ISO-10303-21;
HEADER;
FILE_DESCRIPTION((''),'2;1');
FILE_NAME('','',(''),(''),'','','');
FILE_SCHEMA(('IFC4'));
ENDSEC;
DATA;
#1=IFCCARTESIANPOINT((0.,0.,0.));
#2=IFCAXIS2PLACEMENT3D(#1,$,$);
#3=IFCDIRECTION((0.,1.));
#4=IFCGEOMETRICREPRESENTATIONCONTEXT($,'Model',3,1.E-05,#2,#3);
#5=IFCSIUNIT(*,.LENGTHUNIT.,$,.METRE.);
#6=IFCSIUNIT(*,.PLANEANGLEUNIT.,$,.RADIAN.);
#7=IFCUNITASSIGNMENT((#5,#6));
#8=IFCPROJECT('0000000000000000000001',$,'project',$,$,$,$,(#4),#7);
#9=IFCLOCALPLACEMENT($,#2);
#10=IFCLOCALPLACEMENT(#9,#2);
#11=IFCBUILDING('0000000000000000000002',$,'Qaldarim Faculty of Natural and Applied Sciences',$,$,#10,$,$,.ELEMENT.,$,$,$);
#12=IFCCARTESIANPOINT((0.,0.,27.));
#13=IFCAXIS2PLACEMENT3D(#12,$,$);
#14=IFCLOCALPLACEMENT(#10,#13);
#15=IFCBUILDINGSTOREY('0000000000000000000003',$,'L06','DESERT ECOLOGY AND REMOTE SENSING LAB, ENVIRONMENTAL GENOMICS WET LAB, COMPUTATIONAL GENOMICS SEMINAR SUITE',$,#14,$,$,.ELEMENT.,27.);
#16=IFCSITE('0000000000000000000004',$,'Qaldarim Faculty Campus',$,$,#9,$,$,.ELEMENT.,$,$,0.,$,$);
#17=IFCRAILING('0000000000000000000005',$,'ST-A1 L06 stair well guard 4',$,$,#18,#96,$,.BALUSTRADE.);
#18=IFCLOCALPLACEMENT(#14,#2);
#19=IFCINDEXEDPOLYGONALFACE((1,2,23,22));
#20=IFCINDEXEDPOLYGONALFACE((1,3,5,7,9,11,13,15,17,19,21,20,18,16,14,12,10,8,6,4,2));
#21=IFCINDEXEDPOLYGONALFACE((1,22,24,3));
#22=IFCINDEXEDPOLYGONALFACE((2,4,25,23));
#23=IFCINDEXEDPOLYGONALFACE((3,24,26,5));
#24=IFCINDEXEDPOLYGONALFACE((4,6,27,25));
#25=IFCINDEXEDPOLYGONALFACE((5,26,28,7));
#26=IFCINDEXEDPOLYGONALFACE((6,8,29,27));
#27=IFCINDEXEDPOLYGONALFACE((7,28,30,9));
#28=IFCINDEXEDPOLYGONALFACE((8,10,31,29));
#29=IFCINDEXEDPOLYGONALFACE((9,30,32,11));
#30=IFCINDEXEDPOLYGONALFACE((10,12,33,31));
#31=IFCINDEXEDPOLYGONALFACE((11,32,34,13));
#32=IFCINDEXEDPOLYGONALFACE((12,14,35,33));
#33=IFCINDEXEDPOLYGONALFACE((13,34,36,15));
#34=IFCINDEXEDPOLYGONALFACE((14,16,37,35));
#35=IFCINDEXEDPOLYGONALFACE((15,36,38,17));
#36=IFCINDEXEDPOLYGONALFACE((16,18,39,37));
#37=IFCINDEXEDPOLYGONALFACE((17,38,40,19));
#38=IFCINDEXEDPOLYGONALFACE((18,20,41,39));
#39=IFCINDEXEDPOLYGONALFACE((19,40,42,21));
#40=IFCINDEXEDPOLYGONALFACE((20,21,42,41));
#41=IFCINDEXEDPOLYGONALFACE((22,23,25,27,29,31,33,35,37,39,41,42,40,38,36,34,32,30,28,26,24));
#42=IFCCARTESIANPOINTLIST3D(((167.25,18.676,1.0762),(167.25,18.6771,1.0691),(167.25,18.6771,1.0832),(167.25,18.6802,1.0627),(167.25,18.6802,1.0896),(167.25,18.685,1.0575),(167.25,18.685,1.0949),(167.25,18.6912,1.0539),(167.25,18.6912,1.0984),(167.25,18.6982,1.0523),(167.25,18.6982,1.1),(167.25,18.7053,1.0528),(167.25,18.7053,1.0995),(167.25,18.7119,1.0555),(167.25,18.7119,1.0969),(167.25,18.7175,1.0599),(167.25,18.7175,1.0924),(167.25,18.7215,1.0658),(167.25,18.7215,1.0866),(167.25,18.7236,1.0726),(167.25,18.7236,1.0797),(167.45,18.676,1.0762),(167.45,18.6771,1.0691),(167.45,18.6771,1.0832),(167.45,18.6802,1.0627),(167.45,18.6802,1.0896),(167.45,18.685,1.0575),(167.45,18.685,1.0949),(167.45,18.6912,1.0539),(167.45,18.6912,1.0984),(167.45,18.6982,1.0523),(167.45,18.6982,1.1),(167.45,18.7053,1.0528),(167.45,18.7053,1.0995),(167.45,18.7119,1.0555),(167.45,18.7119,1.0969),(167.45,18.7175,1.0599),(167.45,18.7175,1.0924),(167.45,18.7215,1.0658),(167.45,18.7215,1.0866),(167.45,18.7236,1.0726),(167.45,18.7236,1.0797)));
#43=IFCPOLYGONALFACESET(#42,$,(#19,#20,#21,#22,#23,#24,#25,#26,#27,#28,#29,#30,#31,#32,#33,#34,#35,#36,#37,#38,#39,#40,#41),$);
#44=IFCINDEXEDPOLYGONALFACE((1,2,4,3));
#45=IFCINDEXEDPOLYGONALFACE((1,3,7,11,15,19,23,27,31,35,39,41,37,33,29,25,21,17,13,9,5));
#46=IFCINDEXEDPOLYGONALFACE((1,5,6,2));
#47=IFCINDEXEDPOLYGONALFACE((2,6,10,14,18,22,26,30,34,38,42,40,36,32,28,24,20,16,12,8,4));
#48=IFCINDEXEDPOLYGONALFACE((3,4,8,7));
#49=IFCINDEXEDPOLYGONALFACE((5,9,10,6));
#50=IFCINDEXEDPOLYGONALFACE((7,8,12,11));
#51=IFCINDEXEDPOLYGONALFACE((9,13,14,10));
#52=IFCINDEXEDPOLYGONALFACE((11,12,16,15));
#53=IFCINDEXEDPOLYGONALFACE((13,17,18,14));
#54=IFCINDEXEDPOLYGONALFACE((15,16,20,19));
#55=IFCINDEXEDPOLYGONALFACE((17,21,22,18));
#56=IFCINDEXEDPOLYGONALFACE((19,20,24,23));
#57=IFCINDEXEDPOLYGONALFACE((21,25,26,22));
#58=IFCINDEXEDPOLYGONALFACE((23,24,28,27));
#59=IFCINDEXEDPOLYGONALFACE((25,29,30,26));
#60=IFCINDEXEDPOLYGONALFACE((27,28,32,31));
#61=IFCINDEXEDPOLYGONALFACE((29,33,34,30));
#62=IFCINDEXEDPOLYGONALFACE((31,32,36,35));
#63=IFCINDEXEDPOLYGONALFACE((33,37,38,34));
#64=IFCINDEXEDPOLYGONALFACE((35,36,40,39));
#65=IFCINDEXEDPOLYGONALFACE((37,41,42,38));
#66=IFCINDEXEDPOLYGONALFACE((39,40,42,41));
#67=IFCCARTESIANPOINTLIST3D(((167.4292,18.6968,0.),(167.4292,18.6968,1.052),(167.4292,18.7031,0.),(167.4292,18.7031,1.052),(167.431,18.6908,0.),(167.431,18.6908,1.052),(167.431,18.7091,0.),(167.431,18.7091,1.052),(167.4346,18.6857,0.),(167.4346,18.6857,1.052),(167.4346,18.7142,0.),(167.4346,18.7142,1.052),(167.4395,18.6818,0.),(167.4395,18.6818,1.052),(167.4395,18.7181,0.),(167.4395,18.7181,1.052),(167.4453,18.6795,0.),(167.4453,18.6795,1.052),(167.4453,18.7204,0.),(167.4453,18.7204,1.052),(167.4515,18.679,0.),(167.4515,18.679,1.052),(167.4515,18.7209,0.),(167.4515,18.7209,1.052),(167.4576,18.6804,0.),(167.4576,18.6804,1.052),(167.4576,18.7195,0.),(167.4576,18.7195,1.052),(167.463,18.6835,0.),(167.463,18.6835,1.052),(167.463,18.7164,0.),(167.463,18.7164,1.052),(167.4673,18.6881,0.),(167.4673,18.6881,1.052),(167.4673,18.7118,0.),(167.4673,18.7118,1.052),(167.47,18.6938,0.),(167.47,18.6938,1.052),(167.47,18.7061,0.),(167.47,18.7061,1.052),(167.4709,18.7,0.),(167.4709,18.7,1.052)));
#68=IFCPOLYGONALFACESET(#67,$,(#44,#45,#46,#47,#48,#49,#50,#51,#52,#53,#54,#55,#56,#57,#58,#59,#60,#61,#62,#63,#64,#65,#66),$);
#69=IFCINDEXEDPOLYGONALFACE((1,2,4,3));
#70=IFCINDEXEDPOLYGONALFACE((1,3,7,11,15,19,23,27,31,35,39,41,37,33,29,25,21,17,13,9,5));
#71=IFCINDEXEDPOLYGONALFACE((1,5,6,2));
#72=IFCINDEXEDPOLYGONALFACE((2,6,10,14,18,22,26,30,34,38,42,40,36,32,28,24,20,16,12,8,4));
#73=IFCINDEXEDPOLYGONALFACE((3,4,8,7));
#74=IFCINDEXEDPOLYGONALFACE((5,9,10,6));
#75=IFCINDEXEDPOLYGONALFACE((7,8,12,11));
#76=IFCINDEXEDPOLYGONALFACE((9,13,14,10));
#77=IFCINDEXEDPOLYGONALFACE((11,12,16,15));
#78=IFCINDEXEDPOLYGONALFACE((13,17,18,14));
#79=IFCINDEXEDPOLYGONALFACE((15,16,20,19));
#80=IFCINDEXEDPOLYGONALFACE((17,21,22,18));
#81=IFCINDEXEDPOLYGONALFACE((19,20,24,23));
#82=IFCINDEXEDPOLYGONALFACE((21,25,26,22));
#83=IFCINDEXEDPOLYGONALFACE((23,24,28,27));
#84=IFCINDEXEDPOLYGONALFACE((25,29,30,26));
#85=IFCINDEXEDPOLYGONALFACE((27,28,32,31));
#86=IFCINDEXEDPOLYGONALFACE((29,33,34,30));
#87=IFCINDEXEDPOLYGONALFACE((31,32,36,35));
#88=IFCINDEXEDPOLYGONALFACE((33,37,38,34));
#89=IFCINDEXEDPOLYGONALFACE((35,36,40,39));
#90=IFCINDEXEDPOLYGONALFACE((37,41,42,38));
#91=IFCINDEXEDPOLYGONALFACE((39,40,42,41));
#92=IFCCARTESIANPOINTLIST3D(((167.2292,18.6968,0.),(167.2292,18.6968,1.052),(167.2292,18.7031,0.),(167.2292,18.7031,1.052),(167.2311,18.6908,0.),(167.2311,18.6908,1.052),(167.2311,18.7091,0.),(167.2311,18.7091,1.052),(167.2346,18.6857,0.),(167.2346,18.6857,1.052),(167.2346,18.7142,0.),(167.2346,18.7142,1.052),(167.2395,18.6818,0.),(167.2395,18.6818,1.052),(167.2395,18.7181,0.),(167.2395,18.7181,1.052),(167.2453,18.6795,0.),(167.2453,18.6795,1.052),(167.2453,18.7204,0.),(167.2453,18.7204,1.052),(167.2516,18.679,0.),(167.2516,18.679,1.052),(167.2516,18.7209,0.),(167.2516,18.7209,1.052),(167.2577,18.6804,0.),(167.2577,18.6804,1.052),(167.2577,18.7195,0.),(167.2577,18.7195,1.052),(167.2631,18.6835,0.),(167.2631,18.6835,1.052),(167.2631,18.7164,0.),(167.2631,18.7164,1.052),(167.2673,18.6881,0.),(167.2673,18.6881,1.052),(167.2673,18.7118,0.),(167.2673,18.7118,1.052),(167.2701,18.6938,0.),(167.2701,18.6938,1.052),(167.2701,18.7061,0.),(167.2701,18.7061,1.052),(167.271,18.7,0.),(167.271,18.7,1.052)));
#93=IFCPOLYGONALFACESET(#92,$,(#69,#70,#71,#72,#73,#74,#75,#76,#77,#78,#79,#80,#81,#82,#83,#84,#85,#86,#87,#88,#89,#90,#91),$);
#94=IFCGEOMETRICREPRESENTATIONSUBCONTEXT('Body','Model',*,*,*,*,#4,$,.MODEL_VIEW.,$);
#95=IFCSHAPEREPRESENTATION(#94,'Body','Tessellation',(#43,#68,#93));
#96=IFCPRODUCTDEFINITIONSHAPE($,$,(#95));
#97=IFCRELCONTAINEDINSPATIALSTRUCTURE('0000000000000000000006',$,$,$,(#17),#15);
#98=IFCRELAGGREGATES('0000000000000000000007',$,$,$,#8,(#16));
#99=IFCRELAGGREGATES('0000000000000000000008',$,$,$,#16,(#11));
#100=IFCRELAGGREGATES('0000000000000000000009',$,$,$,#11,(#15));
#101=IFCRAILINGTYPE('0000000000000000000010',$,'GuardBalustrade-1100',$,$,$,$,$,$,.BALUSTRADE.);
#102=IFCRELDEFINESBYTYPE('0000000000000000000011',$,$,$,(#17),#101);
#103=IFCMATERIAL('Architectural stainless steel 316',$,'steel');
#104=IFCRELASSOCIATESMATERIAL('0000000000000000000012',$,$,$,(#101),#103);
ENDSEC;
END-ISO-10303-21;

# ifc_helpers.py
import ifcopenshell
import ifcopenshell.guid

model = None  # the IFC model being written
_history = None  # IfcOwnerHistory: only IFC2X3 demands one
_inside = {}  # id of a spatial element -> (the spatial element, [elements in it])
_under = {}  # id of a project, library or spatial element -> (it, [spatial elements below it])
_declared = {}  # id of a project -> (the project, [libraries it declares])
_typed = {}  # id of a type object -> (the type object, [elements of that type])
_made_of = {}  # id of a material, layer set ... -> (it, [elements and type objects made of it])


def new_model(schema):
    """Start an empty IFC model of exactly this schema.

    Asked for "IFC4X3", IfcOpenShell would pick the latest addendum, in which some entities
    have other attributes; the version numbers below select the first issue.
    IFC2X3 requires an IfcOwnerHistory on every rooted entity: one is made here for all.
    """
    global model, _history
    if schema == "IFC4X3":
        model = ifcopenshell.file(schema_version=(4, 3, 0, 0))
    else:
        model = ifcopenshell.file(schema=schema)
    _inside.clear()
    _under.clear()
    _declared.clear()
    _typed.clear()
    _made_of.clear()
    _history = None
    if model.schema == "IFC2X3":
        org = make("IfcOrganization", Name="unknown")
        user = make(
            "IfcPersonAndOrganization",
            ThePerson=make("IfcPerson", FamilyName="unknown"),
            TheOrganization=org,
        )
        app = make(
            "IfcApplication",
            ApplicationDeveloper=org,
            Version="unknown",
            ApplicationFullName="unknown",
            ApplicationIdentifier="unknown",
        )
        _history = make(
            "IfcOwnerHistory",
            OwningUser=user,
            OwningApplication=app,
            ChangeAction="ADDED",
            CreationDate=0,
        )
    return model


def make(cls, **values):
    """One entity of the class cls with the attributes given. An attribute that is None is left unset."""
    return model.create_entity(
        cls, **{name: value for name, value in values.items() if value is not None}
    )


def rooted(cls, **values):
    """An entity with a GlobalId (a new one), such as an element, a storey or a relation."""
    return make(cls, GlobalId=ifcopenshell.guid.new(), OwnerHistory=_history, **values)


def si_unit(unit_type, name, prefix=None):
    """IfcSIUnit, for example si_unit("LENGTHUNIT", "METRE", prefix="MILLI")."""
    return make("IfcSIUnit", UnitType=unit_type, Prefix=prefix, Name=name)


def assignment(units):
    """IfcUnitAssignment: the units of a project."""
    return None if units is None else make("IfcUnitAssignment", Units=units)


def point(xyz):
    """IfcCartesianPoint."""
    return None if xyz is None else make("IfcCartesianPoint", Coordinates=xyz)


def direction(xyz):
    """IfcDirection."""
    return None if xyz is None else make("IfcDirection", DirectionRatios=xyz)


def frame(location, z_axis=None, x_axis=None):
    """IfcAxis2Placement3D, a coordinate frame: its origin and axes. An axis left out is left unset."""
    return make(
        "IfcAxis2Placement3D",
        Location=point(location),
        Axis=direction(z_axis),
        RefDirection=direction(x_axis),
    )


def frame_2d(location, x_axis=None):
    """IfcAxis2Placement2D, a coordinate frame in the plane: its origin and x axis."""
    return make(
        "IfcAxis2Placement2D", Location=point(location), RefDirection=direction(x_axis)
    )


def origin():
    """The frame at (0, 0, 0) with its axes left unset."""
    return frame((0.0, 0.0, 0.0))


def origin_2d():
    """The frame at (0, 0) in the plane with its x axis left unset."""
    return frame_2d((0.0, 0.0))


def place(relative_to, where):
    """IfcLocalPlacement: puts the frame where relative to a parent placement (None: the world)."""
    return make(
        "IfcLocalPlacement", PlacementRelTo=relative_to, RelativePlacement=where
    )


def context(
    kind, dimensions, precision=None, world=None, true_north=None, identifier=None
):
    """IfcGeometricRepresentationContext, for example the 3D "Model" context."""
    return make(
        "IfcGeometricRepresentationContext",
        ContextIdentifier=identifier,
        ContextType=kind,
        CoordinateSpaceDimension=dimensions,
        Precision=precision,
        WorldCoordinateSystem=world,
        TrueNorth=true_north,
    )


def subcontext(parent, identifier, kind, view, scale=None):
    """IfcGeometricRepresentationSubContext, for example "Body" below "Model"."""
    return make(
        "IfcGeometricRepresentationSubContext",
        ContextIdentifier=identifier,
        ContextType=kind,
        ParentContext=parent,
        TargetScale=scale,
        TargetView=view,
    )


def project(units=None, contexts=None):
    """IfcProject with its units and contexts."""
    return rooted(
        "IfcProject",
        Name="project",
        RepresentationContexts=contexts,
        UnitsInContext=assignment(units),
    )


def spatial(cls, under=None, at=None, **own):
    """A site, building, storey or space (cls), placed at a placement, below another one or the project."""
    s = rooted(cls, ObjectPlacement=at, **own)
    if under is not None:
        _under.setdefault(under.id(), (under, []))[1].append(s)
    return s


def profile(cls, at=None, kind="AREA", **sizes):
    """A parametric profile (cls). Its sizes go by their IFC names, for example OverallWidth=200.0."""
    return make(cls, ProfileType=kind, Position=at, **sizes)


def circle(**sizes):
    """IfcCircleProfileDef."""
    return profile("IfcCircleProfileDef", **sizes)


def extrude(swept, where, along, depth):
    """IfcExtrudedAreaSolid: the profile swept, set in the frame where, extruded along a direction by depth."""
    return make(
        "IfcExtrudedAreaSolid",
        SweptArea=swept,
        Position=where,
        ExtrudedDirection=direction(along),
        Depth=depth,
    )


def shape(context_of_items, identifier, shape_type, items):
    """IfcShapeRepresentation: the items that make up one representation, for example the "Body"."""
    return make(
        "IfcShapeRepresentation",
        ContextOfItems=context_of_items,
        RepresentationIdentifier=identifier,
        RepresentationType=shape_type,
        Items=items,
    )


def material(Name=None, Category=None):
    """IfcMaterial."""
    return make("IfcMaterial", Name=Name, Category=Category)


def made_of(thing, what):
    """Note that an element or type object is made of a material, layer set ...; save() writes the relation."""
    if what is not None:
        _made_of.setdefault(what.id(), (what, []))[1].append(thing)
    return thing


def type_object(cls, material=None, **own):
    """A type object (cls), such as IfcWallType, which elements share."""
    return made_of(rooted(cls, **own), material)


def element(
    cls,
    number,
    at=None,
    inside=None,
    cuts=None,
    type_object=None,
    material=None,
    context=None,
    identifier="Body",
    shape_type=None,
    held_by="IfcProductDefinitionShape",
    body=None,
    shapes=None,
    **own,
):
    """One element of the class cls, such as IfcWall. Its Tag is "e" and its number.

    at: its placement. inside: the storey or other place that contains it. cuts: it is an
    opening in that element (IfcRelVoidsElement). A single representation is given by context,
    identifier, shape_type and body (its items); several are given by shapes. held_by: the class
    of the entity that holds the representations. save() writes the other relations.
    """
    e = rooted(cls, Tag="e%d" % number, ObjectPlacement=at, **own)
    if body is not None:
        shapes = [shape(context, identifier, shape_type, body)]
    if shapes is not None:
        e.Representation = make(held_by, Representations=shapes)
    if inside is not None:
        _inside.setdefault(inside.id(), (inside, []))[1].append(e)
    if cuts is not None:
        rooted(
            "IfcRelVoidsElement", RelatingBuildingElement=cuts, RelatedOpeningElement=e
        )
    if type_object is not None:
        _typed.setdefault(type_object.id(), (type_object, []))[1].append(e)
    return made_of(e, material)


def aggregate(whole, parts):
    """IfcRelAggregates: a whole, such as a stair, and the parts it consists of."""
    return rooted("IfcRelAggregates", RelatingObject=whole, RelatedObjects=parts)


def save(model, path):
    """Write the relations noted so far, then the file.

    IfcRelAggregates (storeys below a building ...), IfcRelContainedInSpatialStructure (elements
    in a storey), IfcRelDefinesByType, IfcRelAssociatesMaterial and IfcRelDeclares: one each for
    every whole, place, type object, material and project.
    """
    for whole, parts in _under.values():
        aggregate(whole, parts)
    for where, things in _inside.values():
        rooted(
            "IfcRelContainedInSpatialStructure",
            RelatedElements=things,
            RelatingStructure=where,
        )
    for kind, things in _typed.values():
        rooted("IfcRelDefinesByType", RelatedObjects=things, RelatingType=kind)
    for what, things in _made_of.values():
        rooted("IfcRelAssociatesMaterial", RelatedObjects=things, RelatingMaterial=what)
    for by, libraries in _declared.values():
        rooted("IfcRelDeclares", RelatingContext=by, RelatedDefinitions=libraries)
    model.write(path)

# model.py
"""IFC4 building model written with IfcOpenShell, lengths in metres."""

from ifc_helpers import new_model, si_unit, direction, frame, origin, origin_2d, place, context, subcontext, project, spatial, circle, extrude, material, type_object, element, save


model = new_model("IFC4")

# Units and contexts
model_context = context("Model", 3, precision=1e-05, world=origin(), true_north=direction((0.0, 1.0)))
body_context = subcontext(model_context, "Body", "Model", "MODEL_VIEW")
ifc_project = project(units=[si_unit("LENGTHUNIT", "METRE"), si_unit("PLANEANGLEUNIT", "RADIAN")], contexts=[model_context])

# Site, building, storey
site_placement = place(None, origin())
site = spatial("IfcSite", under=ifc_project, at=site_placement, Name="Qaldarim Faculty Campus", CompositionType="ELEMENT", RefElevation=0.0)
building_placement = place(site_placement, origin())
building = spatial("IfcBuilding", under=site, at=building_placement, Name="Qaldarim Faculty of Natural and Applied Sciences", CompositionType="ELEMENT")
storey_placement = place(building_placement, frame((0.0, 0.0, 27.0)))
storey = spatial("IfcBuildingStorey", under=building, at=storey_placement, Name="L06", Description="DESERT ECOLOGY AND REMOTE SENSING LAB, ENVIRONMENTAL GENOMICS WET LAB, COMPUTATIONAL GENOMICS SEMINAR SUITE", CompositionType="ELEMENT", Elevation=27.0)

# Shared definitions
ifc_material_1 = material(Name="Architectural stainless steel 316", Category="steel")

# Railing
railing_type_1 = type_object("IfcRailingType", Name="GuardBalustrade-1100", PredefinedType="BALUSTRADE", material=ifc_material_1)
railing_1_placement = place(storey_placement, frame((167.45, 18.7, 0.0)))
element("IfcRailing", 1, at=railing_1_placement, inside=storey, type_object=railing_type_1, Name="ST-A1 L06 stair well guard 4", PredefinedType="BALUSTRADE", context=body_context, shape_type="SweptSolid", body=[
    extrude(circle(Radius=0.0239, at=origin_2d()), frame((0.0, 0.0, 1.0762), z_axis=(-1.0, 0.0, 0.0), x_axis=(0.0, -1.0, 0.0)), (0.0, 0.0, 1.0), 0.2),
    extrude(circle(Radius=0.021, at=origin_2d()), origin(), (0.0, 0.0, 1.0), 1.052),
    extrude(circle(Radius=0.021, at=origin_2d()), frame((-0.2, 0.0, 0.0)), (0.0, 0.0, 1.0), 1.052),
])

save(model, "model.ifc")
